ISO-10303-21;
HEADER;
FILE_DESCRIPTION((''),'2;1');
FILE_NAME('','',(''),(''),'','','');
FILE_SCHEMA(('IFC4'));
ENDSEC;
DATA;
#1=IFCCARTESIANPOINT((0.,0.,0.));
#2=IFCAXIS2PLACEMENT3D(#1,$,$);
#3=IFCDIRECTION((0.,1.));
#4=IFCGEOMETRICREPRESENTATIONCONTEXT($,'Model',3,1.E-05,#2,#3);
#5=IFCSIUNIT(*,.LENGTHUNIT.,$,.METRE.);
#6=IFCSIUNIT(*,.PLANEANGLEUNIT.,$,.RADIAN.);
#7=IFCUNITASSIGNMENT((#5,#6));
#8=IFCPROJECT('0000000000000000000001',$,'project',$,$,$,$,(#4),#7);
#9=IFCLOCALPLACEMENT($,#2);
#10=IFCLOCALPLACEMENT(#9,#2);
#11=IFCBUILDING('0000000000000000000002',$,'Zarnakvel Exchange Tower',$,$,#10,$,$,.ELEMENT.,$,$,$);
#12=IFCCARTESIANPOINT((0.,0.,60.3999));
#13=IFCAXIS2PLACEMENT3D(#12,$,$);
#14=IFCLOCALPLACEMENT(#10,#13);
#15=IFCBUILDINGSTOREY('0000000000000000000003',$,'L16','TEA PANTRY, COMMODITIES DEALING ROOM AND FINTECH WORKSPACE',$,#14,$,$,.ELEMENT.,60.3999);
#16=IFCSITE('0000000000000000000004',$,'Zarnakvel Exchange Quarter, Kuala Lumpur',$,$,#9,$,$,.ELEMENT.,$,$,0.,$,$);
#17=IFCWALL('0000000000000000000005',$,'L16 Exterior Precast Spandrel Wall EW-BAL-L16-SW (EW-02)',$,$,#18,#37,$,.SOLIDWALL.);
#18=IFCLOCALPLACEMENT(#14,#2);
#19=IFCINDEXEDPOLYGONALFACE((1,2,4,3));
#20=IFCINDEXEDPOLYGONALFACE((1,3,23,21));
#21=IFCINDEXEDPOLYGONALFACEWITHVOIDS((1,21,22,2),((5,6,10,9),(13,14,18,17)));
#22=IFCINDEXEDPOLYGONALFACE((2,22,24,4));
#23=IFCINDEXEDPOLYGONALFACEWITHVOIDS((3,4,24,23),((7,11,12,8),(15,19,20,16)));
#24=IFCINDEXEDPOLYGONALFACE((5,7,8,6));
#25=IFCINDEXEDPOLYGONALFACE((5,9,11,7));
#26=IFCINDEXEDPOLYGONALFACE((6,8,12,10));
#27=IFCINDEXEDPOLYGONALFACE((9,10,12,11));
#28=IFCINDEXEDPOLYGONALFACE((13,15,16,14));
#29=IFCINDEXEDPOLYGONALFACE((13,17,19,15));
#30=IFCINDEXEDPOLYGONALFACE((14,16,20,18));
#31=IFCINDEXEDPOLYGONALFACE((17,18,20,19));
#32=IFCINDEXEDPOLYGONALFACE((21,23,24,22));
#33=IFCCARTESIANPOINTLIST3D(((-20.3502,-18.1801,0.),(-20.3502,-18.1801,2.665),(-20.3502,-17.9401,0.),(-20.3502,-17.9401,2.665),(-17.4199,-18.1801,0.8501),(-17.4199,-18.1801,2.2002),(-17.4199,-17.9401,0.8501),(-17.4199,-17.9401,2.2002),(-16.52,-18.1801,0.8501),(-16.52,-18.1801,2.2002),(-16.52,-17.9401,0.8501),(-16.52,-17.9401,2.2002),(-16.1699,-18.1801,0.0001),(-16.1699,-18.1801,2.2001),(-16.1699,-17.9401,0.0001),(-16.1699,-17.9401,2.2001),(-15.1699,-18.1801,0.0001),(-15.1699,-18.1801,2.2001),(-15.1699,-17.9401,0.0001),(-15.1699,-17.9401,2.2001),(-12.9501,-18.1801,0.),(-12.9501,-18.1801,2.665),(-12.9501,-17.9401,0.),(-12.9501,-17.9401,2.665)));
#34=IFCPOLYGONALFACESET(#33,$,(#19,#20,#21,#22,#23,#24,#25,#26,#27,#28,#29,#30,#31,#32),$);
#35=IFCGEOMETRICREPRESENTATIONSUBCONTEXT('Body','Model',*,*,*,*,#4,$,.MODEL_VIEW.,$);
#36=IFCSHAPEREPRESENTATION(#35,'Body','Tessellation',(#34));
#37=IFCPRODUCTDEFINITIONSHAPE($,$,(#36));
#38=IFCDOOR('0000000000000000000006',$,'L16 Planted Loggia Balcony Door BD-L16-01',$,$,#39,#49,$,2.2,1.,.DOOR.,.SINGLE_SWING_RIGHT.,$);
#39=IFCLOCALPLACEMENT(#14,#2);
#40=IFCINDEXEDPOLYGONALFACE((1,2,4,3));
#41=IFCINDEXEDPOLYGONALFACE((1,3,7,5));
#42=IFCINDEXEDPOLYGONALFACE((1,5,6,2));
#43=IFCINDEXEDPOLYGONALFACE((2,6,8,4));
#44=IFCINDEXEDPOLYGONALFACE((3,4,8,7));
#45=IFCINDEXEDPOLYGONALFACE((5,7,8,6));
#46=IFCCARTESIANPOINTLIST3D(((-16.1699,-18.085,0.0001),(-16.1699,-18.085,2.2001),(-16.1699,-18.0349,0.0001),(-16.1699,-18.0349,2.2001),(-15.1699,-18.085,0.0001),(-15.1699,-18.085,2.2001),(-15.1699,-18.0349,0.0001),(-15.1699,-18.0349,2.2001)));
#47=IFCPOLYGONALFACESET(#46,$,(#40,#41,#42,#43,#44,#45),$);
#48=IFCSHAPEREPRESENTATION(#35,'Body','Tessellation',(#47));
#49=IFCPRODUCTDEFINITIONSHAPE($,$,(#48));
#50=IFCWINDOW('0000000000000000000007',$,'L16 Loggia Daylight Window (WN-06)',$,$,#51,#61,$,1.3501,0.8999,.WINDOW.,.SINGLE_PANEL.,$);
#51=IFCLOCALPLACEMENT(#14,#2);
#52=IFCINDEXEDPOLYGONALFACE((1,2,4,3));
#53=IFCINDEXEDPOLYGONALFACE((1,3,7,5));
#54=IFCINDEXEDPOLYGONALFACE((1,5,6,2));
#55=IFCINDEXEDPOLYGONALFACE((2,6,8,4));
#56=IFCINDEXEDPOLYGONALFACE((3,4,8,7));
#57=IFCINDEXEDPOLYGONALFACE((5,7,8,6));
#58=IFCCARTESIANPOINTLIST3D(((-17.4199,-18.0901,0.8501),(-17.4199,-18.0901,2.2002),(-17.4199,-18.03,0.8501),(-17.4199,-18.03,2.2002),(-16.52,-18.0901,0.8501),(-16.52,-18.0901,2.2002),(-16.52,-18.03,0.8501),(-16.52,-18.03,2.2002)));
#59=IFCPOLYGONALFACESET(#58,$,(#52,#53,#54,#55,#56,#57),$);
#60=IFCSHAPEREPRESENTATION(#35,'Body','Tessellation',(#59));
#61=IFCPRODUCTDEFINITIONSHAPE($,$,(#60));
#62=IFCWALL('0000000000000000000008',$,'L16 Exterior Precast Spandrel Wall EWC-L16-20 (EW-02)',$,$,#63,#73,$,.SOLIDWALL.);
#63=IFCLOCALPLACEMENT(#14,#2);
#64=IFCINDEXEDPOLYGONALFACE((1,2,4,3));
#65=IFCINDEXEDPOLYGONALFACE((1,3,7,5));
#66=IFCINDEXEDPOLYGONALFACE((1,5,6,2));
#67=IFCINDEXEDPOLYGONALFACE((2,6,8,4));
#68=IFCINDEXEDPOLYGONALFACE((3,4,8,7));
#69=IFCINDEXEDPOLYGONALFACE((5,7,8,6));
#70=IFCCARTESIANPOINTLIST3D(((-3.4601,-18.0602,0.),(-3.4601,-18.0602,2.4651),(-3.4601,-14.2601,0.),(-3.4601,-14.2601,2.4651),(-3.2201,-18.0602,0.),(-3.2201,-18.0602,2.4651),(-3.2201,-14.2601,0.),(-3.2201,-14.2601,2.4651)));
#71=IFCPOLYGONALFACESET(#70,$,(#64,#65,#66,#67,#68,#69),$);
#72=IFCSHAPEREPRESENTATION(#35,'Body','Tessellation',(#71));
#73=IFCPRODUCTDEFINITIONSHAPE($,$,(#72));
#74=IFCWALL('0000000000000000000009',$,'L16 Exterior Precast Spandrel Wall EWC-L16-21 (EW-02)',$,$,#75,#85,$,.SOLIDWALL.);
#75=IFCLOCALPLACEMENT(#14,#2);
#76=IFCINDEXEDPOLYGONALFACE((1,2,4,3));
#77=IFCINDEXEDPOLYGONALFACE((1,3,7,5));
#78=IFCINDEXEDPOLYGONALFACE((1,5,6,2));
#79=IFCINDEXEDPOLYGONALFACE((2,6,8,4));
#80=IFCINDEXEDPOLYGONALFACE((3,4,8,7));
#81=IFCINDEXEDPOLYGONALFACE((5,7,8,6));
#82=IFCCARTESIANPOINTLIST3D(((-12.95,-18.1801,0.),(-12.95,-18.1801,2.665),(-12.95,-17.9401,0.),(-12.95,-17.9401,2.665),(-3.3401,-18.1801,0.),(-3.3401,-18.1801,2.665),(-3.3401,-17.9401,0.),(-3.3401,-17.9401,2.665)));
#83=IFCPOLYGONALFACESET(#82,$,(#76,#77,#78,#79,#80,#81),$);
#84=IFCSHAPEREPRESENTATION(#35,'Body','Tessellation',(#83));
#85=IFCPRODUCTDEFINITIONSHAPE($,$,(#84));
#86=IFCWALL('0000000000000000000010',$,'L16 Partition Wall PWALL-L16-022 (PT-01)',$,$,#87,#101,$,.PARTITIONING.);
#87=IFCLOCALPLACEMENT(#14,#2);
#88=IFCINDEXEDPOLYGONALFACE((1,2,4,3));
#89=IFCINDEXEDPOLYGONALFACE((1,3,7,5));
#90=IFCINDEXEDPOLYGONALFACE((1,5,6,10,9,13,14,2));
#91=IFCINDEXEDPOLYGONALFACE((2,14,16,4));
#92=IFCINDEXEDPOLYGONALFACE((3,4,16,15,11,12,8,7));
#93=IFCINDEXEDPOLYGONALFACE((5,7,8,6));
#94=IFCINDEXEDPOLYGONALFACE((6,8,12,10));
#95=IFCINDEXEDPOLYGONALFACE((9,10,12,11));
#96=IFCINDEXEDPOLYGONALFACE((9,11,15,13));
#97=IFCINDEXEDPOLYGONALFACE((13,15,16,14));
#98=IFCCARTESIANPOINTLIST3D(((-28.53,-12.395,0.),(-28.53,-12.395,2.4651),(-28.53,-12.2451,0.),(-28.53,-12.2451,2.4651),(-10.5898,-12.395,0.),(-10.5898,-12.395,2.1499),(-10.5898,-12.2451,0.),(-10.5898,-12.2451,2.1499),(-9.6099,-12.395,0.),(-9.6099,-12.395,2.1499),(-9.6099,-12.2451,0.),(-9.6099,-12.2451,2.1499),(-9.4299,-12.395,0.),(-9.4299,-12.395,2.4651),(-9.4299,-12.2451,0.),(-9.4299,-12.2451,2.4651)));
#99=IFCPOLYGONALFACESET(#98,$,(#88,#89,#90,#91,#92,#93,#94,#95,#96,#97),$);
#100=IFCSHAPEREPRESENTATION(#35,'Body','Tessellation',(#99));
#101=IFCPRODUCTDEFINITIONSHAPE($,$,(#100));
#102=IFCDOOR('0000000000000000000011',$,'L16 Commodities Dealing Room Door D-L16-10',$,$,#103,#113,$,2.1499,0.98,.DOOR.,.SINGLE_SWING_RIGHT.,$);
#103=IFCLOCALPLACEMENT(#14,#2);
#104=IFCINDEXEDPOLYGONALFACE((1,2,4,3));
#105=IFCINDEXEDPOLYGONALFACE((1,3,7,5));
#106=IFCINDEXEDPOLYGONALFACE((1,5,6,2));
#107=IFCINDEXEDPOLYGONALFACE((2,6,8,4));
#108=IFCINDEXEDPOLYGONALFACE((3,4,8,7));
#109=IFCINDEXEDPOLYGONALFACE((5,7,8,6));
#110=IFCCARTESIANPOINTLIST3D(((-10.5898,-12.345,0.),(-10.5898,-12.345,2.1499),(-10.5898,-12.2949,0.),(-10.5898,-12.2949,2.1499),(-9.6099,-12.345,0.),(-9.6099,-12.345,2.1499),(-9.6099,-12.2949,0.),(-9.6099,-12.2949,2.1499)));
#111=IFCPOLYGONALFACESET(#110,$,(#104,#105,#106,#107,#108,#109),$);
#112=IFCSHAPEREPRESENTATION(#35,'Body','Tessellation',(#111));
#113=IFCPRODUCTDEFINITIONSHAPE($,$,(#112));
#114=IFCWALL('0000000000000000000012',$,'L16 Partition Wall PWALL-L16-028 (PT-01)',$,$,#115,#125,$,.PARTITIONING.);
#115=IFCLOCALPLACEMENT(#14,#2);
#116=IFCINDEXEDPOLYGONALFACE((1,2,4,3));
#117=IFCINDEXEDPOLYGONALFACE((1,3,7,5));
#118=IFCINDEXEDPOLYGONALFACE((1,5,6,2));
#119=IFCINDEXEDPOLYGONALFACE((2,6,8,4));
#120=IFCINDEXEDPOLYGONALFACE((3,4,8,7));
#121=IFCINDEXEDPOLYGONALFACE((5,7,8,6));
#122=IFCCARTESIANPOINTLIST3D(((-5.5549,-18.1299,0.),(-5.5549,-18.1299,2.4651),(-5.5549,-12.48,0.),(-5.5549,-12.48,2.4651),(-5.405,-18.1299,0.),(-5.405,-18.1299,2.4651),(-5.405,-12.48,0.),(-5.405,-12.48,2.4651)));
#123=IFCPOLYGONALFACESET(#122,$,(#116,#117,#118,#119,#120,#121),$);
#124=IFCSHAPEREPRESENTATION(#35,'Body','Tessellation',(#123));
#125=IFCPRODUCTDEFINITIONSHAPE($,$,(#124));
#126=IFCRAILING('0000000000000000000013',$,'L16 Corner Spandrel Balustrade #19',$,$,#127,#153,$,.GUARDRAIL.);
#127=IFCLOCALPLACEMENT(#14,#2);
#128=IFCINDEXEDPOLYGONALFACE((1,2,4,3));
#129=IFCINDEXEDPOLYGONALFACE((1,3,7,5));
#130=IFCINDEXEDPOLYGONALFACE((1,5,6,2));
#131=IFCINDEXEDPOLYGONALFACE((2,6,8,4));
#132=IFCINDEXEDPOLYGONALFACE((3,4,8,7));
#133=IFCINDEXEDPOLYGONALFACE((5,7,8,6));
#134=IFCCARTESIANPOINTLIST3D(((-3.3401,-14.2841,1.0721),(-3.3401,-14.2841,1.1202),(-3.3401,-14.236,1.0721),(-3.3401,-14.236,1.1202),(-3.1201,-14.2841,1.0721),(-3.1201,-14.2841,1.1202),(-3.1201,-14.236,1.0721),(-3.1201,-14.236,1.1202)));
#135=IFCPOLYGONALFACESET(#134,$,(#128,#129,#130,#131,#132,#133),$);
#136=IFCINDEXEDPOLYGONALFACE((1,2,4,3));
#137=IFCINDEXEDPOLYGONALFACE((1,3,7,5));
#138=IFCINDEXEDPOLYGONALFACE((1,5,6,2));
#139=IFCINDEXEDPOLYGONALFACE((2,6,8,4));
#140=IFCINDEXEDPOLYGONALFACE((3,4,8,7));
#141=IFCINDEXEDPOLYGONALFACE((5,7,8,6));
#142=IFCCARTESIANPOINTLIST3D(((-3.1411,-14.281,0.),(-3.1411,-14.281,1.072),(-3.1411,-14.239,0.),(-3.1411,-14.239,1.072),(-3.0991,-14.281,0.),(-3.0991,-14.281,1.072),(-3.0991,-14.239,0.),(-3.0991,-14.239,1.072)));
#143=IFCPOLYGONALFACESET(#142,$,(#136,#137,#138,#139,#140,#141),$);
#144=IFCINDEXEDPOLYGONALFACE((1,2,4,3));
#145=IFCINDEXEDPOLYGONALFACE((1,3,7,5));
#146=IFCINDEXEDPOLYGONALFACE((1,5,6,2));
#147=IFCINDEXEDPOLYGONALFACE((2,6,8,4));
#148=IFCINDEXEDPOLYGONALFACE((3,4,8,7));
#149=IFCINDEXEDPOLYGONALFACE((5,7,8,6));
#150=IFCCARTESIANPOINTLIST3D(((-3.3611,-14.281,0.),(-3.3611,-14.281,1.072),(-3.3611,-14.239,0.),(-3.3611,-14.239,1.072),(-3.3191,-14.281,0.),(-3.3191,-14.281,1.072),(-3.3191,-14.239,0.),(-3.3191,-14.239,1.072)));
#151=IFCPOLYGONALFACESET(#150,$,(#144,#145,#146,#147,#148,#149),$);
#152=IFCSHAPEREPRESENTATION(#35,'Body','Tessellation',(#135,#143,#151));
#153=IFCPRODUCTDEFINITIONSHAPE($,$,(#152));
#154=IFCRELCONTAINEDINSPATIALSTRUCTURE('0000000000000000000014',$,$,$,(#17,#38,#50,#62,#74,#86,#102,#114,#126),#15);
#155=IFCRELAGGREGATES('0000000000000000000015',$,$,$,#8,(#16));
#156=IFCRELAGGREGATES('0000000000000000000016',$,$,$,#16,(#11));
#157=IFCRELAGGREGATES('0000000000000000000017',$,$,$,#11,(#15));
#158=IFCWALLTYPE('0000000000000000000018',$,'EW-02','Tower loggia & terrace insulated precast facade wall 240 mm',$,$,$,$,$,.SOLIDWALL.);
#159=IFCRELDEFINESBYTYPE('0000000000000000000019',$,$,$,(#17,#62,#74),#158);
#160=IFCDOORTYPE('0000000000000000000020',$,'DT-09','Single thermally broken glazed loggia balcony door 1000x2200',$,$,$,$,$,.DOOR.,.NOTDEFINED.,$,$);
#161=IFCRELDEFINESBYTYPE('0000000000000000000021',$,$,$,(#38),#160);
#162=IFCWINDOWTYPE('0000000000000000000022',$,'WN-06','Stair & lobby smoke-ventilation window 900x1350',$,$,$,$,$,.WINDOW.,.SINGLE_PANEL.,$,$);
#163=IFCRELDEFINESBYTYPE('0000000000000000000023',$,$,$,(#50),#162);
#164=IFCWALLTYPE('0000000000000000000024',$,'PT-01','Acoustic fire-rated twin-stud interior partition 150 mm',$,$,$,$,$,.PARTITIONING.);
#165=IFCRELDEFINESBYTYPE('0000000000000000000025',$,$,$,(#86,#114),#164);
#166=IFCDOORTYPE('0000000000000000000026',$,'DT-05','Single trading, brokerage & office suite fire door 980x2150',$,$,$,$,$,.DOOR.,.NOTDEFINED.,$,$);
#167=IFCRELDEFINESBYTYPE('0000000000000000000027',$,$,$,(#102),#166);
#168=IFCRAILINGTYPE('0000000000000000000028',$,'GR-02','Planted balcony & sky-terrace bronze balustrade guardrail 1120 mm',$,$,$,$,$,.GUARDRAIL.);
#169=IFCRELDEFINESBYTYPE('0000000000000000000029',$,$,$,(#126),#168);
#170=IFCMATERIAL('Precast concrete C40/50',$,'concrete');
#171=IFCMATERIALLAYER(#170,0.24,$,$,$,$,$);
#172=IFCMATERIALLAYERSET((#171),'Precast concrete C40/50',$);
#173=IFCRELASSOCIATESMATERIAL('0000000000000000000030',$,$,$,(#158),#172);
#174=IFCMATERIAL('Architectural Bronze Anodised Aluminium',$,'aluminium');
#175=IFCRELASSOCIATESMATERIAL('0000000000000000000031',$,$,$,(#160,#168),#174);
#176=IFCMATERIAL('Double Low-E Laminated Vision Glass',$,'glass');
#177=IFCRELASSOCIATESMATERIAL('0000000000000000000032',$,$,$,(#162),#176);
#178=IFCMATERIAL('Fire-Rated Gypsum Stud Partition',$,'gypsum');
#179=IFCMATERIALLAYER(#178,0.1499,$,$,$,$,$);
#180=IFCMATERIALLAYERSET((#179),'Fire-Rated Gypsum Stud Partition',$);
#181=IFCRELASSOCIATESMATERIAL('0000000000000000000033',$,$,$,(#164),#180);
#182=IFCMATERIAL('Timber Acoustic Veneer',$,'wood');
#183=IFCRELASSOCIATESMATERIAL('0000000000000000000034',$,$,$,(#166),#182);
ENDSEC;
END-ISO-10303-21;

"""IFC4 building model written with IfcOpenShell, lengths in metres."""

from ifc_helpers import new_model, si_unit, direction, frame, frame_2d, origin, origin_2d, place, context, subcontext, project, spatial, rectangle, extrude, source, transform, mapped, material, layer, layer_set, type_object, element, fill, save


model = new_model("IFC4")

# Units and contexts
model_context = context("Model", 3, precision=1e-05, world=origin(), true_north=direction((0.0, 1.0)))
body_context = subcontext(model_context, "Body", "Model", "MODEL_VIEW")
ifc_project = project(units=[si_unit("LENGTHUNIT", "METRE"), si_unit("PLANEANGLEUNIT", "RADIAN")], contexts=[model_context])

# Site, building, storey
site_placement = place(None, origin())
site = spatial("IfcSite", under=ifc_project, at=site_placement, Name="Zarnakvel Exchange Quarter, Kuala Lumpur", CompositionType="ELEMENT", RefElevation=0.0)
building_placement = place(site_placement, origin())
building = spatial("IfcBuilding", under=site, at=building_placement, Name="Zarnakvel Exchange Tower", CompositionType="ELEMENT")
storey_placement = place(building_placement, frame((0.0, 0.0, 60.3999)))
storey = spatial("IfcBuildingStorey", under=building, at=storey_placement, Name="L16", Description="TEA PANTRY, COMMODITIES DEALING ROOM AND FINTECH WORKSPACE", CompositionType="ELEMENT", Elevation=60.3999)

# Shared definitions
ifc_material_1 = material(Name="Architectural Bronze Anodised Aluminium", Category="aluminium")

# Shared definitions
ifc_material_2 = material(Name="Double Low-E Laminated Vision Glass", Category="glass")

# Wall, openings, door, window
ifc_material_3 = material(Name="Precast concrete C40/50", Category="concrete")
ifc_layer_1 = layer(ifc_material_3, 0.24)
ifc_layer_set_1 = layer_set([ifc_layer_1], Name="Precast concrete C40/50")
wall_type_1 = type_object("IfcWallType", Name="EW-02", Description="Tower loggia & terrace insulated precast facade wall 240 mm", PredefinedType="SOLIDWALL", material=ifc_layer_set_1)
wall_1_placement = place(storey_placement, frame((-12.95, -18.0601, 0.0), z_axis=(0.0, 0.0, 1.0), x_axis=(-1.0, 0.0, 0.0)))
wall_1 = element("IfcWall", 1, at=wall_1_placement, inside=storey, type_object=wall_type_1, Name="L16 Exterior Precast Spandrel Wall EW-BAL-L16-SW (EW-02)", PredefinedType="SOLIDWALL", context=body_context, shape_type="SweptSolid", body=[
    extrude(rectangle(XDim=7.4001, YDim=0.24, at=frame_2d((3.7002, 0.0))), origin(), (0.0, 0.0, 1.0), 2.665),
])
opening_1_placement = place(wall_1_placement, frame((2.22, 0.0, 0.0)))
opening_1 = element("IfcOpeningElement", 2, at=opening_1_placement, cuts=wall_1, PredefinedType="OPENING", context=body_context, shape_type="SweptSolid", body=[
    extrude(rectangle(XDim=1.0, YDim=2.2, at=frame_2d((0.5, 1.1001))), frame((0.0, 0.1299, 0.0), z_axis=(0.0, -1.0, 0.0), x_axis=(1.0, 0.0, 0.0)), (0.0, 0.0, 1.0), 0.26),
])
opening_2_placement = place(wall_1_placement, frame((3.5701, 0.0, 0.8501)))
opening_2 = element("IfcOpeningElement", 3, at=opening_2_placement, cuts=wall_1, PredefinedType="OPENING", context=body_context, shape_type="SweptSolid", body=[
    extrude(rectangle(XDim=0.8999, YDim=1.3501, at=frame_2d((0.45, 0.675))), frame((0.0, 0.1299, 0.0), z_axis=(0.0, -1.0, 0.0), x_axis=(1.0, 0.0, 0.0)), (0.0, 0.0, 1.0), 0.26),
])
door_type_1 = type_object("IfcDoorType", Name="DT-09", Description="Single thermally broken glazed loggia balcony door 1000x2200", OperationType="NOTDEFINED", PredefinedType="DOOR", material=ifc_material_1)
shared_shape_1 = source(origin(), body_context, "Body", "SweptSolid", [
    extrude(rectangle(XDim=1.0, YDim=2.2, at=frame_2d((0.5, 1.1001))), frame((0.0, 0.0249, 0.0), z_axis=(0.0, -1.0, 0.0), x_axis=(1.0, 0.0, 0.0)), (0.0, 0.0, 1.0), 0.05),
])
door_1_placement = place(opening_1_placement, origin())
door_1 = element("IfcDoor", 4, at=door_1_placement, inside=storey, type_object=door_type_1, Name="L16 Planted Loggia Balcony Door BD-L16-01", OperationType="SINGLE_SWING_RIGHT", OverallHeight=2.2, OverallWidth=1.0, PredefinedType="DOOR", context=body_context, shape_type="MappedRepresentation", body=[
    mapped(shared_shape_1, transform((0.0, 0.0, 0.0), x_axis=(1.0, 0.0, 0.0), y_axis=(0.0, 1.0, 0.0), z_axis=(0.0, 0.0, 1.0), scale=1.0)),
])
fill(opening_1, door_1)
window_type = type_object("IfcWindowType", Name="WN-06", Description="Stair & lobby smoke-ventilation window 900x1350", PartitioningType="SINGLE_PANEL", PredefinedType="WINDOW", material=ifc_material_2)
shared_shape_2 = source(origin(), body_context, "Body", "SweptSolid", [
    extrude(rectangle(XDim=0.8999, YDim=1.3501, at=frame_2d((0.45, 0.675))), frame((0.0, 0.03, 0.0), z_axis=(0.0, -1.0, 0.0), x_axis=(1.0, 0.0, 0.0)), (0.0, 0.0, 1.0), 0.0601),
])
window_placement = place(opening_2_placement, origin())
window = element("IfcWindow", 5, at=window_placement, inside=storey, type_object=window_type, Name="L16 Loggia Daylight Window (WN-06)", OverallHeight=1.3501, OverallWidth=0.8999, PartitioningType="SINGLE_PANEL", PredefinedType="WINDOW", context=body_context, shape_type="MappedRepresentation", body=[
    mapped(shared_shape_2, transform((0.0, 0.0, 0.0), x_axis=(1.0, 0.0, 0.0), y_axis=(0.0, 1.0, 0.0), z_axis=(0.0, 0.0, 1.0), scale=1.0)),
])
fill(opening_2, window)

# Walls
wall_2_placement = place(storey_placement, frame((-3.3401, -18.0601, 0.0), z_axis=(0.0, 0.0, 1.0), x_axis=(0.0, 1.0, 0.0)))
element("IfcWall", 6, at=wall_2_placement, inside=storey, type_object=wall_type_1, Name="L16 Exterior Precast Spandrel Wall EWC-L16-20 (EW-02)", PredefinedType="SOLIDWALL", context=body_context, shape_type="SweptSolid", body=[
    extrude(rectangle(XDim=3.8, YDim=0.24, at=frame_2d((1.8999, 0.0))), origin(), (0.0, 0.0, 1.0), 2.4651),
])
wall_3_placement = place(storey_placement, frame((-12.95, -18.0601, 0.0), z_axis=(0.0, 0.0, 1.0), x_axis=(1.0, 0.0, 0.0)))
element("IfcWall", 7, at=wall_3_placement, inside=storey, type_object=wall_type_1, Name="L16 Exterior Precast Spandrel Wall EWC-L16-21 (EW-02)", PredefinedType="SOLIDWALL", context=body_context, shape_type="SweptSolid", body=[
    extrude(rectangle(XDim=9.6099, YDim=0.24, at=frame_2d((4.8049, 0.0))), origin(), (0.0, 0.0, 1.0), 2.665),
])

# Wall, opening, door
ifc_material_4 = material(Name="Fire-Rated Gypsum Stud Partition", Category="gypsum")
ifc_layer_2 = layer(ifc_material_4, 0.1499)
ifc_layer_set_2 = layer_set([ifc_layer_2], Name="Fire-Rated Gypsum Stud Partition")
wall_type_2 = type_object("IfcWallType", Name="PT-01", Description="Acoustic fire-rated twin-stud interior partition 150 mm", PredefinedType="PARTITIONING", material=ifc_layer_set_2)
wall_4_placement = place(storey_placement, frame((-9.4299, -12.3201, 0.0), z_axis=(0.0, 0.0, 1.0), x_axis=(-1.0, 0.0, 0.0)))
wall_4 = element("IfcWall", 8, at=wall_4_placement, inside=storey, type_object=wall_type_2, Name="L16 Partition Wall PWALL-L16-022 (PT-01)", PredefinedType="PARTITIONING", context=body_context, shape_type="SweptSolid", body=[
    extrude(rectangle(XDim=19.1001, YDim=0.1499, at=frame_2d((9.55, 0.0))), origin(), (0.0, 0.0, 1.0), 2.4651),
])
opening_3_placement = place(wall_4_placement, frame((0.1799, 0.0, 0.0)))
opening_3 = element("IfcOpeningElement", 9, at=opening_3_placement, cuts=wall_4, PredefinedType="OPENING", context=body_context, shape_type="SweptSolid", body=[
    extrude(rectangle(XDim=0.98, YDim=2.1499, at=frame_2d((0.49, 1.075))), frame((0.0, 0.085, 0.0), z_axis=(0.0, -1.0, 0.0), x_axis=(1.0, 0.0, 0.0)), (0.0, 0.0, 1.0), 0.1699),
])
ifc_material_5 = material(Name="Timber Acoustic Veneer", Category="wood")
door_type_2 = type_object("IfcDoorType", Name="DT-05", Description="Single trading, brokerage & office suite fire door 980x2150", OperationType="NOTDEFINED", PredefinedType="DOOR", material=ifc_material_5)
shared_shape_3 = source(origin(), body_context, "Body", "SweptSolid", [
    extrude(rectangle(XDim=0.98, YDim=2.1499, at=frame_2d((0.49, 1.075))), frame((0.0, 0.0249, 0.0), z_axis=(0.0, -1.0, 0.0), x_axis=(1.0, 0.0, 0.0)), (0.0, 0.0, 1.0), 0.05),
])
door_2_placement = place(opening_3_placement, origin())
door_2 = element("IfcDoor", 10, at=door_2_placement, inside=storey, type_object=door_type_2, Name="L16 Commodities Dealing Room Door D-L16-10", OperationType="SINGLE_SWING_RIGHT", OverallHeight=2.1499, OverallWidth=0.98, PredefinedType="DOOR", context=body_context, shape_type="MappedRepresentation", body=[
    mapped(shared_shape_3, transform((0.0, 0.0, 0.0), x_axis=(1.0, 0.0, 0.0), y_axis=(0.0, 1.0, 0.0), z_axis=(0.0, 0.0, 1.0), scale=1.0)),
])
fill(opening_3, door_2)

# Wall
wall_5_placement = place(storey_placement, frame((-5.48, -12.48, 0.0), z_axis=(0.0, 0.0, 1.0), x_axis=(0.0, -1.0, 0.0)))
element("IfcWall", 11, at=wall_5_placement, inside=storey, type_object=wall_type_2, Name="L16 Partition Wall PWALL-L16-028 (PT-01)", PredefinedType="PARTITIONING", context=body_context, shape_type="SweptSolid", body=[
    extrude(rectangle(XDim=5.6499, YDim=0.1499, at=frame_2d((2.825, 0.0))), origin(), (0.0, 0.0, 1.0), 2.4651),
])

# Railing
railing_type = type_object("IfcRailingType", Name="GR-02", Description="Planted balcony & sky-terrace bronze balustrade guardrail 1120 mm", PredefinedType="GUARDRAIL", material=ifc_material_1)
railing_placement = place(storey_placement, frame((-3.1201, -14.26, 0.0)))
element("IfcRailing", 12, at=railing_placement, inside=storey, type_object=railing_type, Name="L16 Corner Spandrel Balustrade #19", PredefinedType="GUARDRAIL", context=body_context, shape_type="SweptSolid", body=[
    extrude(rectangle(XDim=0.0481, YDim=0.0481, at=origin_2d()), frame((0.0, 0.0, 1.0962), z_axis=(-1.0, 0.0, 0.0), x_axis=(0.0, -1.0, 0.0)), (0.0, 0.0, 1.0), 0.22),
    extrude(rectangle(XDim=0.042, YDim=0.042, at=origin_2d()), origin(), (0.0, 0.0, 1.0), 1.072),
    extrude(rectangle(XDim=0.042, YDim=0.042, at=origin_2d()), frame((-0.22, 0.0, 0.0)), (0.0, 0.0, 1.0), 1.072),
])

save(model, "model.ifc")
